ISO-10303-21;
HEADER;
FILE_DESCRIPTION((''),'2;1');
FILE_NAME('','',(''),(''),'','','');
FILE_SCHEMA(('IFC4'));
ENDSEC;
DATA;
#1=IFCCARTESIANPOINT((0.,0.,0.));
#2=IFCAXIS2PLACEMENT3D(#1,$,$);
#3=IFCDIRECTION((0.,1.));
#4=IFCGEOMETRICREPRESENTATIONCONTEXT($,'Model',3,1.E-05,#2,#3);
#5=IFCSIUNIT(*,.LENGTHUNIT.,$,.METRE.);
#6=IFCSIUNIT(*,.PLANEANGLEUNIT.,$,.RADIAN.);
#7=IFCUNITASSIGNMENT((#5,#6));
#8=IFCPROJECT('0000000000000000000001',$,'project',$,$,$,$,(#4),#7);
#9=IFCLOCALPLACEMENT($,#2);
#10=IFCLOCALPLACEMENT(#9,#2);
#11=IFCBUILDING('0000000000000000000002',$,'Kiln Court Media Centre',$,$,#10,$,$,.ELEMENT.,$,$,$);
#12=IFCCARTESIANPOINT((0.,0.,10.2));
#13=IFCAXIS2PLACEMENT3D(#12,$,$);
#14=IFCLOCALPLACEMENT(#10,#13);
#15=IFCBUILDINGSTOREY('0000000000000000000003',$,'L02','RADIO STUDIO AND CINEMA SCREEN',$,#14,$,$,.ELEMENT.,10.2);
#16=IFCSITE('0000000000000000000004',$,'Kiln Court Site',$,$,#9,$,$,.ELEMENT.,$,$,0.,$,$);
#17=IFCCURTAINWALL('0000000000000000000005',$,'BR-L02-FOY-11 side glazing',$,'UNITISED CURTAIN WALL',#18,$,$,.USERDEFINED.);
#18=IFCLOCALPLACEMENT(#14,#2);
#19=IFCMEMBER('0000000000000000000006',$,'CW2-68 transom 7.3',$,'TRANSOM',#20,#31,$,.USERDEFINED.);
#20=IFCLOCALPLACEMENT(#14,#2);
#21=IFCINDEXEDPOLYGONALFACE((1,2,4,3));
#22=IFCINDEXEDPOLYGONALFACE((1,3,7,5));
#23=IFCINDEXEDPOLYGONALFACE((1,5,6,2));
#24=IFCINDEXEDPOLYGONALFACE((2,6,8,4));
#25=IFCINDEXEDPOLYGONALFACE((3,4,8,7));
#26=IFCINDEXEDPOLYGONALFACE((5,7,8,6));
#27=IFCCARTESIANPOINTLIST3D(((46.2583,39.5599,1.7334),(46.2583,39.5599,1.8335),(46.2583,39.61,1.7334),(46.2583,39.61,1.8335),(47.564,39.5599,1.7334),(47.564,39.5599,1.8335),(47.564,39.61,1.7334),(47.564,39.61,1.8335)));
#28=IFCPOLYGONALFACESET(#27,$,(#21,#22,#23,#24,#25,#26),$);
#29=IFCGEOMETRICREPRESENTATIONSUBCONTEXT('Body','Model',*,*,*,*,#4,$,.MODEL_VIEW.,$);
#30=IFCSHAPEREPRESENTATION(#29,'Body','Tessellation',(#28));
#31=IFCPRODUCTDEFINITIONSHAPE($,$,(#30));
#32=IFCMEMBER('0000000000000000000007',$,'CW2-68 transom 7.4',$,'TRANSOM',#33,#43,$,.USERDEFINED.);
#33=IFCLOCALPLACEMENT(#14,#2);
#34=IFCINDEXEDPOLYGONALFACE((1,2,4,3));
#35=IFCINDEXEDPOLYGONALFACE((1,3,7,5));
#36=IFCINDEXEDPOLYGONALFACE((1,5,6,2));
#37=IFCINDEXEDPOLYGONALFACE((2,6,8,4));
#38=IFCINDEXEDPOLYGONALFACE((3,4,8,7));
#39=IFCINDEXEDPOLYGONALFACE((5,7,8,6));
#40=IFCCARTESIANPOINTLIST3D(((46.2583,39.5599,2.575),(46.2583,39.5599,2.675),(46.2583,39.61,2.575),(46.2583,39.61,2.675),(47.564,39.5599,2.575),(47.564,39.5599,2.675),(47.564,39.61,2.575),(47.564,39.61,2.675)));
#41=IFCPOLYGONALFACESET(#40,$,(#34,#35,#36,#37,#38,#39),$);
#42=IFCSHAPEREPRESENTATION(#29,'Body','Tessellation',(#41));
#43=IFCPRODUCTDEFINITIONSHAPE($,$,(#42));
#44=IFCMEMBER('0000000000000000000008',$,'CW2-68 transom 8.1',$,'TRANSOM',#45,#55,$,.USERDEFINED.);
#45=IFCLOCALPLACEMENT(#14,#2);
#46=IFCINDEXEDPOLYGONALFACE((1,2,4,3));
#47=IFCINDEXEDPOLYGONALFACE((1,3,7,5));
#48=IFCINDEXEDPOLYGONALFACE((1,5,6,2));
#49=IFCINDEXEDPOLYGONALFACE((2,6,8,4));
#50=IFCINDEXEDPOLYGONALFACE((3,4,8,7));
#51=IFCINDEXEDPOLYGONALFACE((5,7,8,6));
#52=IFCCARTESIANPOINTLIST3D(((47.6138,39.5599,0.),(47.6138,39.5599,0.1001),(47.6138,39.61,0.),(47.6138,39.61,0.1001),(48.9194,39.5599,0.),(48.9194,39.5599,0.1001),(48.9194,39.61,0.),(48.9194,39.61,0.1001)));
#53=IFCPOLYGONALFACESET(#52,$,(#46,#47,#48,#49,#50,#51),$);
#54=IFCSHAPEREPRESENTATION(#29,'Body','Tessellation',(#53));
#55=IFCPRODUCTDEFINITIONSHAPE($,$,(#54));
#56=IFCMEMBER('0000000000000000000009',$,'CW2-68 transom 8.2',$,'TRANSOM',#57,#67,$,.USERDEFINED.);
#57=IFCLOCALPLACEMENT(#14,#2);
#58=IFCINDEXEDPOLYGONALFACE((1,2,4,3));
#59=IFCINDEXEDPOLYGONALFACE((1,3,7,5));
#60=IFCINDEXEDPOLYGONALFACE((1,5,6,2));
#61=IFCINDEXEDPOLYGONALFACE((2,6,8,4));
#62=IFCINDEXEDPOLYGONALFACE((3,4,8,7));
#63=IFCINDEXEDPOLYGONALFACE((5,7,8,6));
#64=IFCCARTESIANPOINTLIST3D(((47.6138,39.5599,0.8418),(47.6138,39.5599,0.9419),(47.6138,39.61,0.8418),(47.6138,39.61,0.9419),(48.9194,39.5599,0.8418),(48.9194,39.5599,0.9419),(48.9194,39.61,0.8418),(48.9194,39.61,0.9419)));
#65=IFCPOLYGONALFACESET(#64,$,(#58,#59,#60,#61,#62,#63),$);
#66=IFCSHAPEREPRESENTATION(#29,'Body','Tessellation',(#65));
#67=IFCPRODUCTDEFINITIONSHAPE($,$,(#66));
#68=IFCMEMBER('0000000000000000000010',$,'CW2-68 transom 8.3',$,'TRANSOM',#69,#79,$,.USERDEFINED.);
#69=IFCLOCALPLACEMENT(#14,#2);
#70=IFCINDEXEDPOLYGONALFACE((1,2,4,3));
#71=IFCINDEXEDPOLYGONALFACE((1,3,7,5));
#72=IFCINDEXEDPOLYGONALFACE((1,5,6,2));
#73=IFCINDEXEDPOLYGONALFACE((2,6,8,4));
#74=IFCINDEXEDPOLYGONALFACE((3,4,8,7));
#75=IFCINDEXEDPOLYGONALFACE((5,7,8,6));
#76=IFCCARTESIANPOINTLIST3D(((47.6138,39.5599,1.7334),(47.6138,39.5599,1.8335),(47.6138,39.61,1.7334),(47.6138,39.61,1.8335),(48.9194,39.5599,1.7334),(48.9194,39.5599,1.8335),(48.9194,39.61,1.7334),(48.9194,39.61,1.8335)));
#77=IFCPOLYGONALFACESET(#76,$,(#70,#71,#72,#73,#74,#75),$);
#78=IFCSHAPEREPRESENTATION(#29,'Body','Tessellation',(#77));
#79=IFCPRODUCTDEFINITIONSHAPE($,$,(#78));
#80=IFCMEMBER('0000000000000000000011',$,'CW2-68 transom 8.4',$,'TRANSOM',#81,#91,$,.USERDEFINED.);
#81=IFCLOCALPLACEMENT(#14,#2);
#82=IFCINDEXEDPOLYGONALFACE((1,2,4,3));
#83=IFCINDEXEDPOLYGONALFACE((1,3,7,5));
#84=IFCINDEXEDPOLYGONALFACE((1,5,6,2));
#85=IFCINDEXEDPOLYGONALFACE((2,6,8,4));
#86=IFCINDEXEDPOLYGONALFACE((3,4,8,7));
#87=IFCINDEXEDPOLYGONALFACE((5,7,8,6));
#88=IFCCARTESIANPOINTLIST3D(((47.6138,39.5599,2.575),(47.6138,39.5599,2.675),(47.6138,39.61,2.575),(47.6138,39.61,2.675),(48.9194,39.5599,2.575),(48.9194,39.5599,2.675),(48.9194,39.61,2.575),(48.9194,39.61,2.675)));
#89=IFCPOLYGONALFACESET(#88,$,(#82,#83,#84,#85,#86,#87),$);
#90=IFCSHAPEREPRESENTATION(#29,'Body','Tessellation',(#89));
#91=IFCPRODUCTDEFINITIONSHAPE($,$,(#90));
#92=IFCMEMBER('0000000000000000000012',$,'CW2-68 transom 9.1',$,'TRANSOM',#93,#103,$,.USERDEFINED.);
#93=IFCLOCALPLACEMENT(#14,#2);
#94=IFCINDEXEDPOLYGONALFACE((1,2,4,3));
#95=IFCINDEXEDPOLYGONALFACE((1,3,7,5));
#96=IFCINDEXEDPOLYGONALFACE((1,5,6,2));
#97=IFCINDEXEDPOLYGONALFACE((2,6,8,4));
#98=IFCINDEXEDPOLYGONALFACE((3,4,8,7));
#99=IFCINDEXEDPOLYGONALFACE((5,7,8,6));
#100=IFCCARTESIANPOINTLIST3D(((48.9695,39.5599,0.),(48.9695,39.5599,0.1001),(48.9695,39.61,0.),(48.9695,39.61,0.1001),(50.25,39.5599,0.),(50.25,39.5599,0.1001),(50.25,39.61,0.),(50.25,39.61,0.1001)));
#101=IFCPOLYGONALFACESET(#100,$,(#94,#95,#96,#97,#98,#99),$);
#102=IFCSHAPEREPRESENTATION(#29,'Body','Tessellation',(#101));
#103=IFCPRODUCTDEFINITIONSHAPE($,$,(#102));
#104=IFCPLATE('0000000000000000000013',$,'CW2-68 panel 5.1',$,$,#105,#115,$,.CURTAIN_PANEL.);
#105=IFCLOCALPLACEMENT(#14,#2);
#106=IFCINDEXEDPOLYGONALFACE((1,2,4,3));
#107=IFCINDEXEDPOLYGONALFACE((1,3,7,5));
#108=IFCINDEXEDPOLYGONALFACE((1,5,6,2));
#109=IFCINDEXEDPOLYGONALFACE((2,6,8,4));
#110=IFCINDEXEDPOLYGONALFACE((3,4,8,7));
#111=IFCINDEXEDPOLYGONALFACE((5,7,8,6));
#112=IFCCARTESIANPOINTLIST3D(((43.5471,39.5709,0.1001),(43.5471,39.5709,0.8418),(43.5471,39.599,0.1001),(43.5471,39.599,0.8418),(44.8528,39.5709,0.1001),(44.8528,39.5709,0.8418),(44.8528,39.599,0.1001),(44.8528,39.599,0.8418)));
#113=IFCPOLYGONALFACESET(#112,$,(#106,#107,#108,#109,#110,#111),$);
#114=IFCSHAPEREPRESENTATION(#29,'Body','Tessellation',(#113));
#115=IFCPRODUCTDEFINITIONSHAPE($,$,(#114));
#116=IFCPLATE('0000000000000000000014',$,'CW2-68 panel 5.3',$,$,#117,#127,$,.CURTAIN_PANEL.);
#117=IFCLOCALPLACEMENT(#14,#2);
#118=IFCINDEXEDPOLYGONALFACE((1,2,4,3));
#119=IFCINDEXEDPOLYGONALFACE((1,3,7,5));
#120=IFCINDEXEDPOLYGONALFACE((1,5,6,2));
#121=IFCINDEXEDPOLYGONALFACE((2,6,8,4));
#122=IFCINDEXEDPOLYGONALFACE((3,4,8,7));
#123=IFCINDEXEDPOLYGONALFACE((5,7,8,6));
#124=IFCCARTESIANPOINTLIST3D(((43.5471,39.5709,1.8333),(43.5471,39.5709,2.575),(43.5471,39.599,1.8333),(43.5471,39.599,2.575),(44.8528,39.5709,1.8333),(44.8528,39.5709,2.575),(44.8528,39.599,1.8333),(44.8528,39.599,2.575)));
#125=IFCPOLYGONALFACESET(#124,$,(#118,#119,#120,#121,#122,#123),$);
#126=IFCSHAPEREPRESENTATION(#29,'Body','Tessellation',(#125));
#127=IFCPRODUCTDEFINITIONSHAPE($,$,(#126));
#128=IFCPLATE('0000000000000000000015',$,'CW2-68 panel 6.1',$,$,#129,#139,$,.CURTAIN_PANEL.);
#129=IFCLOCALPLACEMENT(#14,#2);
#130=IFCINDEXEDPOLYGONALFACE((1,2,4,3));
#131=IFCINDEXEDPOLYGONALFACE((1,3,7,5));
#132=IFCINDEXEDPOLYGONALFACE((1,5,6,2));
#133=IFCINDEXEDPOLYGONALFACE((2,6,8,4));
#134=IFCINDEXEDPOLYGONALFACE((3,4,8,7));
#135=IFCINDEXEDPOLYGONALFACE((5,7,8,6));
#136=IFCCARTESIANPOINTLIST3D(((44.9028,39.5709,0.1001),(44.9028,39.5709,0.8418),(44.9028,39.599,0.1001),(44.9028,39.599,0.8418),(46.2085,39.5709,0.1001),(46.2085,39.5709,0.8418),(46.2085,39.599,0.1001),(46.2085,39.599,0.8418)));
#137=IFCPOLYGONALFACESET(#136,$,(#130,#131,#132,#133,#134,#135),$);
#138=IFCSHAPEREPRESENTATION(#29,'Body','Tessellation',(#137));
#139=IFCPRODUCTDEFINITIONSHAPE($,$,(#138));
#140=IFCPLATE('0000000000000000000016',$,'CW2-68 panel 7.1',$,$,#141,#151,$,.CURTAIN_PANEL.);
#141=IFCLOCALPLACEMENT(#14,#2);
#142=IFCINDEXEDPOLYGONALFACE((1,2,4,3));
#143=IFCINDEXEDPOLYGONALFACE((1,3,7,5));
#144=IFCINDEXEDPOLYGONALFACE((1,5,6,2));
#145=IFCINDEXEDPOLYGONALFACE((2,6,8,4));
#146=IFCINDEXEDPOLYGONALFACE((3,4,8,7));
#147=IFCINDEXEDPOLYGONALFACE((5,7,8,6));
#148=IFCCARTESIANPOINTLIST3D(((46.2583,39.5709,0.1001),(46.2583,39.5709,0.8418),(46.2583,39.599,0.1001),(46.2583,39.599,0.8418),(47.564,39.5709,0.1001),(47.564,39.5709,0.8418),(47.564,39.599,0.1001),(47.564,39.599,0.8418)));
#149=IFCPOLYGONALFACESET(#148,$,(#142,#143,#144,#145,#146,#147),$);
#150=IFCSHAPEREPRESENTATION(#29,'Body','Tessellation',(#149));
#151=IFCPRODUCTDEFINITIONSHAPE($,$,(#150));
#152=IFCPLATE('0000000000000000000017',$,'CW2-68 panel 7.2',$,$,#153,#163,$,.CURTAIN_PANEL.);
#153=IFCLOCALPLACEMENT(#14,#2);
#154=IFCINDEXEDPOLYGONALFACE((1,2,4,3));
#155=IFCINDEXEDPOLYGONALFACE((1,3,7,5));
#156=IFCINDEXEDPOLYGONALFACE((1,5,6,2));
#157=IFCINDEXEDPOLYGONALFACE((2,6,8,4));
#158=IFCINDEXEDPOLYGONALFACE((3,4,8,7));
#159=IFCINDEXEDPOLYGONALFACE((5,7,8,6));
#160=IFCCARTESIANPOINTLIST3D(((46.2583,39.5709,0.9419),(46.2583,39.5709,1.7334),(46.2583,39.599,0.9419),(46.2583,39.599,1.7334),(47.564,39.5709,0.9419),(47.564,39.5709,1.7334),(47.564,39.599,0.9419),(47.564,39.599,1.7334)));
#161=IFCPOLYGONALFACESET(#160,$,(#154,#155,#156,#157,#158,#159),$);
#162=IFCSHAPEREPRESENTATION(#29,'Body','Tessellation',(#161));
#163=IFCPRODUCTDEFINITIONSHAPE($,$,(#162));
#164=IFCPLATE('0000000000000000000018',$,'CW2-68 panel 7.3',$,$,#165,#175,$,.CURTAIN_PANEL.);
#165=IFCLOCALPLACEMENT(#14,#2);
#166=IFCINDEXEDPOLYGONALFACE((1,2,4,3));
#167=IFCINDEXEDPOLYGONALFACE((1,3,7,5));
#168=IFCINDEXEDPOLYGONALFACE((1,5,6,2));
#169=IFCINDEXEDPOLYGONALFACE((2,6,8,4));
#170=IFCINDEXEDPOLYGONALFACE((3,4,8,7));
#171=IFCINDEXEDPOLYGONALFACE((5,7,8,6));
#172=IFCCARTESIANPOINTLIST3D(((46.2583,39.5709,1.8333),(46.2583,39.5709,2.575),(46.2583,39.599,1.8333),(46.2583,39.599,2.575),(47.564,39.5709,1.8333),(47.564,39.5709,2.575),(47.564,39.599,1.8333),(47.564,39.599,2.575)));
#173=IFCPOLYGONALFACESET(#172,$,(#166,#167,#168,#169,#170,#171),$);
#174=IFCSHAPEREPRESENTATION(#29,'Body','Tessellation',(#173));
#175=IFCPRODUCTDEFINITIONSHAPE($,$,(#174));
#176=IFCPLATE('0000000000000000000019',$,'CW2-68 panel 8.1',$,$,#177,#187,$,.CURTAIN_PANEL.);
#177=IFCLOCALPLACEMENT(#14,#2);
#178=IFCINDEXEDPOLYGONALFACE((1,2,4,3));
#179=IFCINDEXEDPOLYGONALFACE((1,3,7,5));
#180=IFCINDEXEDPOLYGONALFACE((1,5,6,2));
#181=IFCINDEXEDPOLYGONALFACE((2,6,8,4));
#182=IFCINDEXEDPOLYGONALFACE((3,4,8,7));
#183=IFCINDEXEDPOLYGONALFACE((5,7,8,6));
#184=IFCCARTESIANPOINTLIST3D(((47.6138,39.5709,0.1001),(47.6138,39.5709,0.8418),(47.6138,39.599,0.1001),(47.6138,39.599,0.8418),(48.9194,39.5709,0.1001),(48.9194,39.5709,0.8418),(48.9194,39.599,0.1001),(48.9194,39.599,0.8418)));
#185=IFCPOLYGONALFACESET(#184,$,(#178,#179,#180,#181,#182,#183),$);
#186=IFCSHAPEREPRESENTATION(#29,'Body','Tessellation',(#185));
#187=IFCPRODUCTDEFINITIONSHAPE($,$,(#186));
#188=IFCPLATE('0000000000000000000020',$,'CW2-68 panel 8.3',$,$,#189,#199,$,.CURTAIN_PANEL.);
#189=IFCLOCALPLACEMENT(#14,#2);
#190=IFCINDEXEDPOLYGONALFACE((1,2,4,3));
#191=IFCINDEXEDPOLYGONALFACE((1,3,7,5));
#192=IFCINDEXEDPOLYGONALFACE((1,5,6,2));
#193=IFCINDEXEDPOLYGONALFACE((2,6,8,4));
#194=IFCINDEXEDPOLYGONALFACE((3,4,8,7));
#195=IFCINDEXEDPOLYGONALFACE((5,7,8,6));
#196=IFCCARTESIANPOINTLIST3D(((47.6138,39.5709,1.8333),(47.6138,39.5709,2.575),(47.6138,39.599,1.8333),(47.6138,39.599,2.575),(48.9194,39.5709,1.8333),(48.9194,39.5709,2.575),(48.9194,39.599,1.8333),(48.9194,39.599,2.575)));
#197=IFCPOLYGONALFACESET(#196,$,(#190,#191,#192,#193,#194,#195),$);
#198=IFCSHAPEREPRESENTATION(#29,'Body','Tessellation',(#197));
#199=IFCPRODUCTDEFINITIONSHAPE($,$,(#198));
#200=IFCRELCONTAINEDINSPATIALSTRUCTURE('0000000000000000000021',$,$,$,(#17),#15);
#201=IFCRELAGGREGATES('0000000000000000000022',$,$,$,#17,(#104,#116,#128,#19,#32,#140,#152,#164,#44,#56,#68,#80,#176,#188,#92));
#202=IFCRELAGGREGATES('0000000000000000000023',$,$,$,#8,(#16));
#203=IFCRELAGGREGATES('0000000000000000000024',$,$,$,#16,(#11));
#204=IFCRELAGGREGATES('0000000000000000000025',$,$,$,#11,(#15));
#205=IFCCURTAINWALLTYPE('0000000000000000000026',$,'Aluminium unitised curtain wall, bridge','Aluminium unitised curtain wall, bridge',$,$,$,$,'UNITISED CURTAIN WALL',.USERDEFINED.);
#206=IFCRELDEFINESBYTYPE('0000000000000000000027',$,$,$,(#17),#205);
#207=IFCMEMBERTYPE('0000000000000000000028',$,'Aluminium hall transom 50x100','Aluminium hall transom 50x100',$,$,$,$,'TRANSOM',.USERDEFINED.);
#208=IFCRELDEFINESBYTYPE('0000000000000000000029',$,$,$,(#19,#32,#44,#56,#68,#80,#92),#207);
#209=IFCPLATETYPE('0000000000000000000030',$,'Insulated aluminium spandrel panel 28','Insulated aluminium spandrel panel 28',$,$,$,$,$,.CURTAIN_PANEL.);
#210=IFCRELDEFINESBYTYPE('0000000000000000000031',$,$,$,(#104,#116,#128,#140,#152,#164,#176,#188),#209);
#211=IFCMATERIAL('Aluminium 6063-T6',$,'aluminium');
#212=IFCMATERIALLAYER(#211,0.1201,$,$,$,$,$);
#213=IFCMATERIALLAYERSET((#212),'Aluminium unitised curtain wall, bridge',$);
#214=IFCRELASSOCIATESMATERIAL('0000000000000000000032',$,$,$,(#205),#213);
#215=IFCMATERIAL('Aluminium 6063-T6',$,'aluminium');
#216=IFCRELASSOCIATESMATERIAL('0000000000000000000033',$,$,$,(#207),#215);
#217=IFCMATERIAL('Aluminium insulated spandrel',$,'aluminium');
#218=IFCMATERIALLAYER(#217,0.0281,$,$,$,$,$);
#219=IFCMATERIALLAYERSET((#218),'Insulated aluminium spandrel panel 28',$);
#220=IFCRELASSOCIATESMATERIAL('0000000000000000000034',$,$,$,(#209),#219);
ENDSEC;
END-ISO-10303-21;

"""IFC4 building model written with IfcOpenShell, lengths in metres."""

from ifc_helpers import new_model, si_unit, direction, frame, origin, origin_2d, place, context, subcontext, project, spatial, rectangle, extrude, material, layer, layer_set, material_profile, profile_set, type_object, element, aggregate, save


model = new_model("IFC4")

# Units and contexts
model_context = context("Model", 3, precision=1e-05, world=origin(), true_north=direction((0.0, 1.0)))
body_context = subcontext(model_context, "Body", "Model", "MODEL_VIEW")
ifc_project = project(units=[si_unit("LENGTHUNIT", "METRE"), si_unit("PLANEANGLEUNIT", "RADIAN")], contexts=[model_context])

# Site, building, storey
site_placement = place(None, origin())
site = spatial("IfcSite", under=ifc_project, at=site_placement, Name="Kiln Court Site", CompositionType="ELEMENT", RefElevation=0.0)
building_placement = place(site_placement, origin())
building = spatial("IfcBuilding", under=site, at=building_placement, Name="Kiln Court Media Centre", CompositionType="ELEMENT")
storey_placement = place(building_placement, frame((0.0, 0.0, 10.2)))
storey = spatial("IfcBuildingStorey", under=building, at=storey_placement, Name="L02", Description="RADIO STUDIO AND CINEMA SCREEN", CompositionType="ELEMENT", Elevation=10.2)

# Curtain wall, members, plates
ifc_material_1 = material(Name="Aluminium 6063-T6", Category="aluminium")
ifc_layer_1 = layer(ifc_material_1, 0.1201)
ifc_layer_set_1 = layer_set([ifc_layer_1], Name="Aluminium unitised curtain wall, bridge")
curtain_wall_type = type_object("IfcCurtainWallType", Name="Aluminium unitised curtain wall, bridge", Description="Aluminium unitised curtain wall, bridge", ElementType="UNITISED CURTAIN WALL", PredefinedType="USERDEFINED", material=ifc_layer_set_1)
curtain_wall_placement = place(storey_placement, origin())
curtain_wall = element("IfcCurtainWall", 1, at=curtain_wall_placement, inside=storey, type_object=curtain_wall_type, Name="BR-L02-FOY-11 side glazing", ObjectType="UNITISED CURTAIN WALL", PredefinedType="USERDEFINED")
ifc_material_2 = material(Name="Aluminium 6063-T6", Category="aluminium")
ifc_material_profile_1 = material_profile(ifc_material_2, rectangle(XDim=0.05, YDim=0.1001, at=origin_2d()), Name="Aluminium hall transom 50x100")
ifc_profile_set_1 = profile_set([ifc_material_profile_1], Name="Aluminium 6063-T6")
member_type_1 = type_object("IfcMemberType", Name="Aluminium hall transom 50x100", Description="Aluminium hall transom 50x100", ElementType="TRANSOM", PredefinedType="USERDEFINED", material=ifc_profile_set_1)
member_1_placement = place(storey_placement, frame((46.2583, 39.585, 1.7834), z_axis=(1.0, 0.0, 0.0), x_axis=(0.0, 1.0, 0.0)))
member_1 = element("IfcMember", 2, at=member_1_placement, type_object=member_type_1, Name="CW2-68 transom 7.3", ObjectType="TRANSOM", PredefinedType="USERDEFINED", context=body_context, shape_type="SweptSolid", body=[
    extrude(rectangle(XDim=0.05, YDim=0.1001, at=origin_2d()), origin(), (0.0, 0.0, 1.0), 1.3057),
])
member_2_placement = place(storey_placement, frame((46.2583, 39.585, 2.625), z_axis=(1.0, 0.0, 0.0), x_axis=(0.0, 1.0, 0.0)))
member_2 = element("IfcMember", 3, at=member_2_placement, type_object=member_type_1, Name="CW2-68 transom 7.4", ObjectType="TRANSOM", PredefinedType="USERDEFINED", context=body_context, shape_type="SweptSolid", body=[
    extrude(rectangle(XDim=0.05, YDim=0.1001, at=origin_2d()), origin(), (0.0, 0.0, 1.0), 1.3057),
])
member_3_placement = place(storey_placement, frame((47.6138, 39.585, 0.05), z_axis=(1.0, 0.0, 0.0), x_axis=(0.0, 1.0, 0.0)))
member_3 = element("IfcMember", 4, at=member_3_placement, type_object=member_type_1, Name="CW2-68 transom 8.1", ObjectType="TRANSOM", PredefinedType="USERDEFINED", context=body_context, shape_type="SweptSolid", body=[
    extrude(rectangle(XDim=0.05, YDim=0.1001, at=origin_2d()), origin(), (0.0, 0.0, 1.0), 1.3057),
])
member_4_placement = place(storey_placement, frame((47.6138, 39.585, 0.8918), z_axis=(1.0, 0.0, 0.0), x_axis=(0.0, 1.0, 0.0)))
member_4 = element("IfcMember", 5, at=member_4_placement, type_object=member_type_1, Name="CW2-68 transom 8.2", ObjectType="TRANSOM", PredefinedType="USERDEFINED", context=body_context, shape_type="SweptSolid", body=[
    extrude(rectangle(XDim=0.05, YDim=0.1001, at=origin_2d()), origin(), (0.0, 0.0, 1.0), 1.3057),
])
member_5_placement = place(storey_placement, frame((47.6138, 39.585, 1.7834), z_axis=(1.0, 0.0, 0.0), x_axis=(0.0, 1.0, 0.0)))
member_5 = element("IfcMember", 6, at=member_5_placement, type_object=member_type_1, Name="CW2-68 transom 8.3", ObjectType="TRANSOM", PredefinedType="USERDEFINED", context=body_context, shape_type="SweptSolid", body=[
    extrude(rectangle(XDim=0.05, YDim=0.1001, at=origin_2d()), origin(), (0.0, 0.0, 1.0), 1.3057),
])
member_6_placement = place(storey_placement, frame((47.6138, 39.585, 2.625), z_axis=(1.0, 0.0, 0.0), x_axis=(0.0, 1.0, 0.0)))
member_6 = element("IfcMember", 7, at=member_6_placement, type_object=member_type_1, Name="CW2-68 transom 8.4", ObjectType="TRANSOM", PredefinedType="USERDEFINED", context=body_context, shape_type="SweptSolid", body=[
    extrude(rectangle(XDim=0.05, YDim=0.1001, at=origin_2d()), origin(), (0.0, 0.0, 1.0), 1.3057),
])
member_7_placement = place(storey_placement, frame((48.9695, 39.585, 0.05), z_axis=(1.0, 0.0, 0.0), x_axis=(0.0, 1.0, 0.0)))
member_7 = element("IfcMember", 8, at=member_7_placement, type_object=member_type_1, Name="CW2-68 transom 9.1", ObjectType="TRANSOM", PredefinedType="USERDEFINED", context=body_context, shape_type="SweptSolid", body=[
    extrude(rectangle(XDim=0.05, YDim=0.1001, at=origin_2d()), origin(), (0.0, 0.0, 1.0), 1.2805),
])
ifc_material_3 = material(Name="Aluminium insulated spandrel", Category="aluminium")
ifc_layer_2 = layer(ifc_material_3, 0.0281)
ifc_layer_set_2 = layer_set([ifc_layer_2], Name="Insulated aluminium spandrel panel 28")
plate_type_1 = type_object("IfcPlateType", Name="Insulated aluminium spandrel panel 28", Description="Insulated aluminium spandrel panel 28", PredefinedType="CURTAIN_PANEL", material=ifc_layer_set_2)
plate_1_placement = place(storey_placement, frame((44.2, 39.585, 0.1001), z_axis=(0.0, 0.0, 1.0), x_axis=(1.0, 0.0, 0.0)))
plate_1 = element("IfcPlate", 9, at=plate_1_placement, type_object=plate_type_1, Name="CW2-68 panel 5.1", PredefinedType="CURTAIN_PANEL", context=body_context, shape_type="SweptSolid", body=[
    extrude(rectangle(XDim=1.3057, YDim=0.0281, at=origin_2d()), origin(), (0.0, 0.0, 1.0), 0.7417),
])
plate_2_placement = place(storey_placement, frame((44.2, 39.585, 1.8333), z_axis=(0.0, 0.0, 1.0), x_axis=(1.0, 0.0, 0.0)))
plate_2 = element("IfcPlate", 10, at=plate_2_placement, type_object=plate_type_1, Name="CW2-68 panel 5.3", PredefinedType="CURTAIN_PANEL", context=body_context, shape_type="SweptSolid", body=[
    extrude(rectangle(XDim=1.3057, YDim=0.0281, at=origin_2d()), origin(), (0.0, 0.0, 1.0), 0.7417),
])
plate_3_placement = place(storey_placement, frame((45.5557, 39.585, 0.1001), z_axis=(0.0, 0.0, 1.0), x_axis=(1.0, 0.0, 0.0)))
plate_3 = element("IfcPlate", 11, at=plate_3_placement, type_object=plate_type_1, Name="CW2-68 panel 6.1", PredefinedType="CURTAIN_PANEL", context=body_context, shape_type="SweptSolid", body=[
    extrude(rectangle(XDim=1.3057, YDim=0.0281, at=origin_2d()), origin(), (0.0, 0.0, 1.0), 0.7417),
])
plate_4_placement = place(storey_placement, frame((46.9111, 39.585, 0.1001), z_axis=(0.0, 0.0, 1.0), x_axis=(1.0, 0.0, 0.0)))
plate_4 = element("IfcPlate", 12, at=plate_4_placement, type_object=plate_type_1, Name="CW2-68 panel 7.1", PredefinedType="CURTAIN_PANEL", context=body_context, shape_type="SweptSolid", body=[
    extrude(rectangle(XDim=1.3057, YDim=0.0281, at=origin_2d()), origin(), (0.0, 0.0, 1.0), 0.7417),
])
plate_5_placement = place(storey_placement, frame((46.9111, 39.585, 0.9419), z_axis=(0.0, 0.0, 1.0), x_axis=(1.0, 0.0, 0.0)))
plate_5 = element("IfcPlate", 13, at=plate_5_placement, type_object=plate_type_1, Name="CW2-68 panel 7.2", PredefinedType="CURTAIN_PANEL", context=body_context, shape_type="SweptSolid", body=[
    extrude(rectangle(XDim=1.3057, YDim=0.0281, at=origin_2d()), origin(), (0.0, 0.0, 1.0), 0.7915),
])
plate_6_placement = place(storey_placement, frame((46.9111, 39.585, 1.8333), z_axis=(0.0, 0.0, 1.0), x_axis=(1.0, 0.0, 0.0)))
plate_6 = element("IfcPlate", 14, at=plate_6_placement, type_object=plate_type_1, Name="CW2-68 panel 7.3", PredefinedType="CURTAIN_PANEL", context=body_context, shape_type="SweptSolid", body=[
    extrude(rectangle(XDim=1.3057, YDim=0.0281, at=origin_2d()), origin(), (0.0, 0.0, 1.0), 0.7417),
])
plate_7_placement = place(storey_placement, frame((48.2666, 39.585, 0.1001), z_axis=(0.0, 0.0, 1.0), x_axis=(1.0, 0.0, 0.0)))
plate_7 = element("IfcPlate", 15, at=plate_7_placement, type_object=plate_type_1, Name="CW2-68 panel 8.1", PredefinedType="CURTAIN_PANEL", context=body_context, shape_type="SweptSolid", body=[
    extrude(rectangle(XDim=1.3057, YDim=0.0281, at=origin_2d()), origin(), (0.0, 0.0, 1.0), 0.7417),
])
plate_8_placement = place(storey_placement, frame((48.2666, 39.585, 1.8333), z_axis=(0.0, 0.0, 1.0), x_axis=(1.0, 0.0, 0.0)))
plate_8 = element("IfcPlate", 16, at=plate_8_placement, type_object=plate_type_1, Name="CW2-68 panel 8.3", PredefinedType="CURTAIN_PANEL", context=body_context, shape_type="SweptSolid", body=[
    extrude(rectangle(XDim=1.3057, YDim=0.0281, at=origin_2d()), origin(), (0.0, 0.0, 1.0), 0.7417),
])
aggregate(curtain_wall, [plate_1, plate_2, plate_3, member_1, member_2, plate_4, plate_5, plate_6, member_3, member_4, member_5, member_6, plate_7, plate_8, member_7])

save(model, "model.ifc")
